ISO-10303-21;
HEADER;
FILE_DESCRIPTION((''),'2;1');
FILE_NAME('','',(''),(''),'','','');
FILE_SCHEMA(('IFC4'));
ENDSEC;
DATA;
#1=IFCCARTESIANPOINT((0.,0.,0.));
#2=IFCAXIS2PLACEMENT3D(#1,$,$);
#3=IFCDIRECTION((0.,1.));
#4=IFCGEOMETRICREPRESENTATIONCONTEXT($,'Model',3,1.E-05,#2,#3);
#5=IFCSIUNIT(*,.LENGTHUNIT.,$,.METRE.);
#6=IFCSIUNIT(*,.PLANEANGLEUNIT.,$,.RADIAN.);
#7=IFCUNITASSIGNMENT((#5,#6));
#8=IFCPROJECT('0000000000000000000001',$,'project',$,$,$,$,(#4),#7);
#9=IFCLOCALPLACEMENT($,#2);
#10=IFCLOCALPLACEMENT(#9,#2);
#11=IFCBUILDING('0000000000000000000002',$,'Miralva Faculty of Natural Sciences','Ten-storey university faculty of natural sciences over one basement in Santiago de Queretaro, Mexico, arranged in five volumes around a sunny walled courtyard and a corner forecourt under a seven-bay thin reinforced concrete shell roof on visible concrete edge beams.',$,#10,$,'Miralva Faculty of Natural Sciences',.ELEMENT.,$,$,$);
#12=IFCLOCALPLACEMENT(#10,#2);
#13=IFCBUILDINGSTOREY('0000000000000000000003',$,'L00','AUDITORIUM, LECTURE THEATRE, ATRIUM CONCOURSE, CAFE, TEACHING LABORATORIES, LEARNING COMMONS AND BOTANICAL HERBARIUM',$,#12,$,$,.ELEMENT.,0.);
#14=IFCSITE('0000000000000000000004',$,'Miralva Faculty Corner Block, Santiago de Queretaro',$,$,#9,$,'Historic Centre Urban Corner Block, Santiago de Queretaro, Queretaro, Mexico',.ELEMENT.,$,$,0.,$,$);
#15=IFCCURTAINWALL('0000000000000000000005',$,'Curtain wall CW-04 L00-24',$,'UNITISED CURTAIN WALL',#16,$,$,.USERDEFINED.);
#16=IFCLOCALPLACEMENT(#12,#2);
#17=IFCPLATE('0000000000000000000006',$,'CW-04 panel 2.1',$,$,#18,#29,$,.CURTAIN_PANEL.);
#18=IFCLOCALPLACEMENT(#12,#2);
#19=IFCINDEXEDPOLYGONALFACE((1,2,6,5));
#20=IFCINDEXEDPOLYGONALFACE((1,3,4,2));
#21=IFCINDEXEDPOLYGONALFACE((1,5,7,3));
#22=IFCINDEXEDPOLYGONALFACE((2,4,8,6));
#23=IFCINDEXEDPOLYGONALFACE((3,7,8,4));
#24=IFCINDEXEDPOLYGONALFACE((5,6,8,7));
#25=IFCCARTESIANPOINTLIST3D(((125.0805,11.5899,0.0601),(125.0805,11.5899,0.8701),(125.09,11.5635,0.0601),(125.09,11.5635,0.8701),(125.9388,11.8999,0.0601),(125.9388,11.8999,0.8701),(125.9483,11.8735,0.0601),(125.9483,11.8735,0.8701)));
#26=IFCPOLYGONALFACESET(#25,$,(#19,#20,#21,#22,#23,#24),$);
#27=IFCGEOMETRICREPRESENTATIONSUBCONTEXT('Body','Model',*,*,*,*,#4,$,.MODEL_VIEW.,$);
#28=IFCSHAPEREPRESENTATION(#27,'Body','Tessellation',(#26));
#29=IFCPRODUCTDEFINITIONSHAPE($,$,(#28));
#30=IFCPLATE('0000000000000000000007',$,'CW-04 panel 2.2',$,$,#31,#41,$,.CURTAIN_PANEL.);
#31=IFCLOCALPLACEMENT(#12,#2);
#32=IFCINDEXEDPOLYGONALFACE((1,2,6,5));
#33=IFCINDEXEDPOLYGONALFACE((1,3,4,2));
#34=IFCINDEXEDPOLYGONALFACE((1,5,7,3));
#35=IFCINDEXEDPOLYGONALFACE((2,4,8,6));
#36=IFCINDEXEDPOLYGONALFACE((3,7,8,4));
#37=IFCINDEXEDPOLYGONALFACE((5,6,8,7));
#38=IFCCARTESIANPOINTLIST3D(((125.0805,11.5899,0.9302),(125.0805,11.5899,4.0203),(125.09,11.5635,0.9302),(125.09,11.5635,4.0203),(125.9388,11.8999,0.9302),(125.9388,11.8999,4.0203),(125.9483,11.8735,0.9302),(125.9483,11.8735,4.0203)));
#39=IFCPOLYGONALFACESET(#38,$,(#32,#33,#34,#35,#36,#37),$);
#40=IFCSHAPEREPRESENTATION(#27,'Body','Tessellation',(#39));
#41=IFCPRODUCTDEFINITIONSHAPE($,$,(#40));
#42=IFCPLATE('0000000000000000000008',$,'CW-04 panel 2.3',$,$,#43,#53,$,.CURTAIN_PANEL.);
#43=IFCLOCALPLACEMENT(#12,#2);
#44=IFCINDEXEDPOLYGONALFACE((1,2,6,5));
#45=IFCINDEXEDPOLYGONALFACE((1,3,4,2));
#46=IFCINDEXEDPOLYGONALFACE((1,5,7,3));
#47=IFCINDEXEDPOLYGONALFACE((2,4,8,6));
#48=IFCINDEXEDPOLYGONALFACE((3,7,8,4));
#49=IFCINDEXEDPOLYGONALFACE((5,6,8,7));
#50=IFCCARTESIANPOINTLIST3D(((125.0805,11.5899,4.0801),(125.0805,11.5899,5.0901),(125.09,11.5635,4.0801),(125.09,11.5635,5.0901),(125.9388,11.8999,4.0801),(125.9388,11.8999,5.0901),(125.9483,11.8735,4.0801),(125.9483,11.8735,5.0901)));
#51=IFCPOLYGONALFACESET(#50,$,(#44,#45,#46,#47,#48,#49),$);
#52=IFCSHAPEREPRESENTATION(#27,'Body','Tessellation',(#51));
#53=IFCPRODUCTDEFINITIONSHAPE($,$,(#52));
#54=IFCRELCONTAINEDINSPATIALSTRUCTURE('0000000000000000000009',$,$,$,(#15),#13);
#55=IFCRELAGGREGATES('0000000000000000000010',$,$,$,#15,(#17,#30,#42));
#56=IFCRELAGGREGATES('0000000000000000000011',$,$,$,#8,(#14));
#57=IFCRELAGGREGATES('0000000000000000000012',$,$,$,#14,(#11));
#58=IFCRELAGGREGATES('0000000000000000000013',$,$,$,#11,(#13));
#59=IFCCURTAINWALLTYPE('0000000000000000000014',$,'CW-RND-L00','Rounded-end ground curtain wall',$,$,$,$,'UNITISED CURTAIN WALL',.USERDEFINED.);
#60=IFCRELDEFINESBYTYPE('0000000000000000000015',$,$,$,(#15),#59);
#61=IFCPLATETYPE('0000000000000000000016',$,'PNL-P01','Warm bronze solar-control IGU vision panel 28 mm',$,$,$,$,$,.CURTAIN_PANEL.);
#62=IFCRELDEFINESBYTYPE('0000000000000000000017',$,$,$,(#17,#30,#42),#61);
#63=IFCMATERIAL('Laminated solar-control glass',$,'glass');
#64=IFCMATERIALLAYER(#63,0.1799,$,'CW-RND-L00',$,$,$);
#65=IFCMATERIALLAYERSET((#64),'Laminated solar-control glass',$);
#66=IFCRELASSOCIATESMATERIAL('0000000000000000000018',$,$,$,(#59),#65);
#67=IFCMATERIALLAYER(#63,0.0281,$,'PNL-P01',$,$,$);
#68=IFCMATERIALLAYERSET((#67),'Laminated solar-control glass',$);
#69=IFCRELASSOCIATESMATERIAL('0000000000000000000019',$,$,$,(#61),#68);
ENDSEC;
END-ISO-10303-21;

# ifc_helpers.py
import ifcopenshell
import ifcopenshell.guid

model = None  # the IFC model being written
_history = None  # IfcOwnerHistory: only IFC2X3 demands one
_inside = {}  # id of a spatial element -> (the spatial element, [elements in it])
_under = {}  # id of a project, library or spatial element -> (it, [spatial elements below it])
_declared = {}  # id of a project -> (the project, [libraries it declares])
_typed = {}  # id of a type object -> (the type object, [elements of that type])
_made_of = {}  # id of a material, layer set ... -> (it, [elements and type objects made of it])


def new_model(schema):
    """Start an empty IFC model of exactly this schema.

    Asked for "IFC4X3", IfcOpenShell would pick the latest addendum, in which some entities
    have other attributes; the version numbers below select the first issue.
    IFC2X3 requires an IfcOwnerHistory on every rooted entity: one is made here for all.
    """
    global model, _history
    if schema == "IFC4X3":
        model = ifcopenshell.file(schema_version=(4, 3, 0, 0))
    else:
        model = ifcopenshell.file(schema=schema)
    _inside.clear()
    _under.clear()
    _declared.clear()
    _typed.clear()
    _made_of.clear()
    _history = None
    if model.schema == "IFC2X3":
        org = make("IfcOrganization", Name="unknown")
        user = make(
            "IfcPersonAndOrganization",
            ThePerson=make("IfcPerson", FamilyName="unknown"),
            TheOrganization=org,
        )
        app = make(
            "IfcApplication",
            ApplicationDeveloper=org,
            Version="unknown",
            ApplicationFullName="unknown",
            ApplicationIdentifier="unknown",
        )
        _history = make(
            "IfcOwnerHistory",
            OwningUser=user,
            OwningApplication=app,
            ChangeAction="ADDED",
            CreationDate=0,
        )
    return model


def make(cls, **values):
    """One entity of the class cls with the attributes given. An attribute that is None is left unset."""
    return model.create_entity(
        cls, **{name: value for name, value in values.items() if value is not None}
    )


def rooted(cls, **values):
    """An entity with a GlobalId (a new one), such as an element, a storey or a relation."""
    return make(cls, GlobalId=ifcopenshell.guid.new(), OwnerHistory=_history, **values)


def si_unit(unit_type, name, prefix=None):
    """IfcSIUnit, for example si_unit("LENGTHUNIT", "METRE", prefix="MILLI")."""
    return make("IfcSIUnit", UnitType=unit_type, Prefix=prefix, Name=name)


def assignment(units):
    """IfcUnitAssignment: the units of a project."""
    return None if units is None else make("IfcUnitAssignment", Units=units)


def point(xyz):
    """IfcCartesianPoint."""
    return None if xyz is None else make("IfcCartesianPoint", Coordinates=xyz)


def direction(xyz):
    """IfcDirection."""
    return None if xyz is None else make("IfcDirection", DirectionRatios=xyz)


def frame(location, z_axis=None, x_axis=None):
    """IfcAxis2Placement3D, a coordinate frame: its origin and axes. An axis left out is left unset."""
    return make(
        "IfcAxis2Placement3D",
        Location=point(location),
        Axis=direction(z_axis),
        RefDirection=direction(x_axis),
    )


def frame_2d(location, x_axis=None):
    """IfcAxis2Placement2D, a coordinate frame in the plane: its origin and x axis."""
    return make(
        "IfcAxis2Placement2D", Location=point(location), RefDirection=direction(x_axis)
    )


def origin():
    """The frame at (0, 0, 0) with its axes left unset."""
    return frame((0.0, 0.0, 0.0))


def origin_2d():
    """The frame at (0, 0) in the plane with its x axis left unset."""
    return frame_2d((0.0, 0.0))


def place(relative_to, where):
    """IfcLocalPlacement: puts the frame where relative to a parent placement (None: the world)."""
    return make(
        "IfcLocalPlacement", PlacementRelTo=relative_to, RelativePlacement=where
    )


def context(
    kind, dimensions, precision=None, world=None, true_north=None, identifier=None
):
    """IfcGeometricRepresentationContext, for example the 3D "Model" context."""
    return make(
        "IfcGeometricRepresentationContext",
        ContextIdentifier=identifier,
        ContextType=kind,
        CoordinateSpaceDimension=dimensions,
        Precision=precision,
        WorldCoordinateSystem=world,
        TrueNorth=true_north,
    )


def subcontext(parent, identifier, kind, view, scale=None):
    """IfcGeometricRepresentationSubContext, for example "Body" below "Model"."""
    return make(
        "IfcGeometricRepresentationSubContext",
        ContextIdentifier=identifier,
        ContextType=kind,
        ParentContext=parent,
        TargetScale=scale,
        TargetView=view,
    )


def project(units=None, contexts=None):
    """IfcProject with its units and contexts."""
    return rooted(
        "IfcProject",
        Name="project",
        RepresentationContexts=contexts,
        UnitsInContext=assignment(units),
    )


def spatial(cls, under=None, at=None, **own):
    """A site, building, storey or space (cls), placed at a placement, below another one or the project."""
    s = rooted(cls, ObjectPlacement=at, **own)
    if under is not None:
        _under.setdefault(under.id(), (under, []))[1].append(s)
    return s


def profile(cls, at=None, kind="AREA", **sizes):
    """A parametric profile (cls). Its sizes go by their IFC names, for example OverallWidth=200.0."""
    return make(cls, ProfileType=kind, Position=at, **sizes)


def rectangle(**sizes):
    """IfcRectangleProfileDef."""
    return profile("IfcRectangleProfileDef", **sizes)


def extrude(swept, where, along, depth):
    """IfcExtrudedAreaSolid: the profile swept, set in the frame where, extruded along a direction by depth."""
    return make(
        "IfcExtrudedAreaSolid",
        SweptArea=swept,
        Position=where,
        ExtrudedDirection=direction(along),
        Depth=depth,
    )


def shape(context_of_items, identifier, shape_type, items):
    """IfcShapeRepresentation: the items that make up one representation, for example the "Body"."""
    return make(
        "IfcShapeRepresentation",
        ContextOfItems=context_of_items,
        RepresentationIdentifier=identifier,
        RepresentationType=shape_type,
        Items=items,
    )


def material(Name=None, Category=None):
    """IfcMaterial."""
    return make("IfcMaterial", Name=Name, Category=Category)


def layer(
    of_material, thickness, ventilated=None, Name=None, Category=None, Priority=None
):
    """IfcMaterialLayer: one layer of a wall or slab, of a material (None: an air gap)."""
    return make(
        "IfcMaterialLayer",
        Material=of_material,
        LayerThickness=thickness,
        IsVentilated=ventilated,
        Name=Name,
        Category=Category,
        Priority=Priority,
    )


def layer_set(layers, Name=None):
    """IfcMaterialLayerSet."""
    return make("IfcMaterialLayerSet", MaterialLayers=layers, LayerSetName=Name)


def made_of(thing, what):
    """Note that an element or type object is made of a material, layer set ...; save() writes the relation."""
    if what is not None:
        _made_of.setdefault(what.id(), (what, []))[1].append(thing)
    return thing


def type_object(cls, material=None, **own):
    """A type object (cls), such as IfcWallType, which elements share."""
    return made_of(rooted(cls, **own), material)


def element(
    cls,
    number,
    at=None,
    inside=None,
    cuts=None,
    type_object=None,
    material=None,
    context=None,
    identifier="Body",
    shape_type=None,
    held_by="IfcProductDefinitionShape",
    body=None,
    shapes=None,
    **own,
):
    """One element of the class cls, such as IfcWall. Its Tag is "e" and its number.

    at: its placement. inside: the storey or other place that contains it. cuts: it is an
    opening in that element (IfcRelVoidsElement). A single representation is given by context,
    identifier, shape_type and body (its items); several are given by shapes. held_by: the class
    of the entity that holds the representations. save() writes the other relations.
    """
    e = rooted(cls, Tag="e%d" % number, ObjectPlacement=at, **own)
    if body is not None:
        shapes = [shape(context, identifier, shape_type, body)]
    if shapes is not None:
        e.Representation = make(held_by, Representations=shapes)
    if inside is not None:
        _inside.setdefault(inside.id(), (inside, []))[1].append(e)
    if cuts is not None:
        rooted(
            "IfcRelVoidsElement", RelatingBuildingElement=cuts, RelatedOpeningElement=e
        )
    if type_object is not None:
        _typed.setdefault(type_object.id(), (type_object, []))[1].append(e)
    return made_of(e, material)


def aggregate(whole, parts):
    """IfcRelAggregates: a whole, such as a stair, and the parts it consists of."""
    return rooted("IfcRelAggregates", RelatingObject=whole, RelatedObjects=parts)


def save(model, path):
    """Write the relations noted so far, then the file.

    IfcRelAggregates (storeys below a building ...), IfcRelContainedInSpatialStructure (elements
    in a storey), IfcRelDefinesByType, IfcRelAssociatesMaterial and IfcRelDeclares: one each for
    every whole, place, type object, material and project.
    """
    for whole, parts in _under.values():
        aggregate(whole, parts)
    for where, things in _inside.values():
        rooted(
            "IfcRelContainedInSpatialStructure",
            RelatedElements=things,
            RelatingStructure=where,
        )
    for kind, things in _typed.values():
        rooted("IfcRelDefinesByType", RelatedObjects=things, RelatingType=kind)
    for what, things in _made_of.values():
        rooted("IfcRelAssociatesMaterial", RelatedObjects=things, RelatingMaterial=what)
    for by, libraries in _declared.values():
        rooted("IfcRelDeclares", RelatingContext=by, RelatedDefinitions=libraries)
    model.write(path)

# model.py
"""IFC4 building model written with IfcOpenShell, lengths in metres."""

from ifc_helpers import new_model, si_unit, direction, frame, origin, origin_2d, place, context, subcontext, project, spatial, rectangle, extrude, material, layer, layer_set, type_object, element, aggregate, save


model = new_model("IFC4")

# Units and contexts
model_context = context("Model", 3, precision=1e-05, world=origin(), true_north=direction((0.0, 1.0)))
body_context = subcontext(model_context, "Body", "Model", "MODEL_VIEW")
ifc_project = project(units=[si_unit("LENGTHUNIT", "METRE"), si_unit("PLANEANGLEUNIT", "RADIAN")], contexts=[model_context])

# Site, building, storey
site_placement = place(None, origin())
site = spatial("IfcSite", under=ifc_project, at=site_placement, Name="Miralva Faculty Corner Block, Santiago de Queretaro", LongName="Historic Centre Urban Corner Block, Santiago de Queretaro, Queretaro, Mexico", CompositionType="ELEMENT", RefElevation=0.0)
building_placement = place(site_placement, origin())
building = spatial("IfcBuilding", under=site, at=building_placement, Name="Miralva Faculty of Natural Sciences", Description="Ten-storey university faculty of natural sciences over one basement in Santiago de Queretaro, Mexico, arranged in five volumes around a sunny walled courtyard and a corner forecourt under a seven-bay thin reinforced concrete shell roof on visible concrete edge beams.", LongName="Miralva Faculty of Natural Sciences", CompositionType="ELEMENT")
storey_placement = place(building_placement, origin())
storey = spatial("IfcBuildingStorey", under=building, at=storey_placement, Name="L00", Description="AUDITORIUM, LECTURE THEATRE, ATRIUM CONCOURSE, CAFE, TEACHING LABORATORIES, LEARNING COMMONS AND BOTANICAL HERBARIUM", CompositionType="ELEMENT", Elevation=0.0)

# Shared definitions
ifc_material_1 = material(Name="Laminated solar-control glass", Category="glass")
ifc_layer_1 = layer(ifc_material_1, 0.1799, Name="CW-RND-L00")
ifc_layer_set_1 = layer_set([ifc_layer_1], Name="Laminated solar-control glass")
curtain_wall_type = type_object("IfcCurtainWallType", Name="CW-RND-L00", Description="Rounded-end ground curtain wall", ElementType="UNITISED CURTAIN WALL", PredefinedType="USERDEFINED", material=ifc_layer_set_1)

# Curtain wall
curtain_wall_1_placement = place(storey_placement, origin())
curtain_wall_1 = element("IfcCurtainWall", 1, at=curtain_wall_1_placement, inside=storey, type_object=curtain_wall_type, Name="Curtain wall CW-04 L00-24", ObjectType="UNITISED CURTAIN WALL", PredefinedType="USERDEFINED")

# Plates
ifc_layer_2 = layer(ifc_material_1, 0.0281, Name="PNL-P01")
ifc_layer_set_2 = layer_set([ifc_layer_2], Name="Laminated solar-control glass")
plate_type = type_object("IfcPlateType", Name="PNL-P01", Description="Warm bronze solar-control IGU vision panel 28 mm", PredefinedType="CURTAIN_PANEL", material=ifc_layer_set_2)
plate_1_placement = place(storey_placement, frame((125.5144, 11.7317, 0.0601), z_axis=(0.0, 0.0, 1.0), x_axis=(0.940535, 0.339696, 0.0)))
plate_1 = element("IfcPlate", 2, at=plate_1_placement, type_object=plate_type, Name="CW-04 panel 2.1", PredefinedType="CURTAIN_PANEL", context=body_context, shape_type="SweptSolid", body=[
    extrude(rectangle(XDim=0.9126, YDim=0.0281, at=origin_2d()), origin(), (0.0, 0.0, 1.0), 0.8101),
])
plate_2_placement = place(storey_placement, frame((125.5144, 11.7317, 0.9302), z_axis=(0.0, 0.0, 1.0), x_axis=(0.940535, 0.339696, 0.0)))
plate_2 = element("IfcPlate", 3, at=plate_2_placement, type_object=plate_type, Name="CW-04 panel 2.2", PredefinedType="CURTAIN_PANEL", context=body_context, shape_type="SweptSolid", body=[
    extrude(rectangle(XDim=0.9126, YDim=0.0281, at=origin_2d()), origin(), (0.0, 0.0, 1.0), 3.0901),
])
plate_3_placement = place(storey_placement, frame((125.5144, 11.7317, 4.0801), z_axis=(0.0, 0.0, 1.0), x_axis=(0.940535, 0.339696, 0.0)))
plate_3 = element("IfcPlate", 4, at=plate_3_placement, type_object=plate_type, Name="CW-04 panel 2.3", PredefinedType="CURTAIN_PANEL", context=body_context, shape_type="SweptSolid", body=[
    extrude(rectangle(XDim=0.9126, YDim=0.0281, at=origin_2d()), origin(), (0.0, 0.0, 1.0), 1.01),
])
aggregate(curtain_wall_1, [plate_1, plate_2, plate_3])

save(model, "model.ifc")
